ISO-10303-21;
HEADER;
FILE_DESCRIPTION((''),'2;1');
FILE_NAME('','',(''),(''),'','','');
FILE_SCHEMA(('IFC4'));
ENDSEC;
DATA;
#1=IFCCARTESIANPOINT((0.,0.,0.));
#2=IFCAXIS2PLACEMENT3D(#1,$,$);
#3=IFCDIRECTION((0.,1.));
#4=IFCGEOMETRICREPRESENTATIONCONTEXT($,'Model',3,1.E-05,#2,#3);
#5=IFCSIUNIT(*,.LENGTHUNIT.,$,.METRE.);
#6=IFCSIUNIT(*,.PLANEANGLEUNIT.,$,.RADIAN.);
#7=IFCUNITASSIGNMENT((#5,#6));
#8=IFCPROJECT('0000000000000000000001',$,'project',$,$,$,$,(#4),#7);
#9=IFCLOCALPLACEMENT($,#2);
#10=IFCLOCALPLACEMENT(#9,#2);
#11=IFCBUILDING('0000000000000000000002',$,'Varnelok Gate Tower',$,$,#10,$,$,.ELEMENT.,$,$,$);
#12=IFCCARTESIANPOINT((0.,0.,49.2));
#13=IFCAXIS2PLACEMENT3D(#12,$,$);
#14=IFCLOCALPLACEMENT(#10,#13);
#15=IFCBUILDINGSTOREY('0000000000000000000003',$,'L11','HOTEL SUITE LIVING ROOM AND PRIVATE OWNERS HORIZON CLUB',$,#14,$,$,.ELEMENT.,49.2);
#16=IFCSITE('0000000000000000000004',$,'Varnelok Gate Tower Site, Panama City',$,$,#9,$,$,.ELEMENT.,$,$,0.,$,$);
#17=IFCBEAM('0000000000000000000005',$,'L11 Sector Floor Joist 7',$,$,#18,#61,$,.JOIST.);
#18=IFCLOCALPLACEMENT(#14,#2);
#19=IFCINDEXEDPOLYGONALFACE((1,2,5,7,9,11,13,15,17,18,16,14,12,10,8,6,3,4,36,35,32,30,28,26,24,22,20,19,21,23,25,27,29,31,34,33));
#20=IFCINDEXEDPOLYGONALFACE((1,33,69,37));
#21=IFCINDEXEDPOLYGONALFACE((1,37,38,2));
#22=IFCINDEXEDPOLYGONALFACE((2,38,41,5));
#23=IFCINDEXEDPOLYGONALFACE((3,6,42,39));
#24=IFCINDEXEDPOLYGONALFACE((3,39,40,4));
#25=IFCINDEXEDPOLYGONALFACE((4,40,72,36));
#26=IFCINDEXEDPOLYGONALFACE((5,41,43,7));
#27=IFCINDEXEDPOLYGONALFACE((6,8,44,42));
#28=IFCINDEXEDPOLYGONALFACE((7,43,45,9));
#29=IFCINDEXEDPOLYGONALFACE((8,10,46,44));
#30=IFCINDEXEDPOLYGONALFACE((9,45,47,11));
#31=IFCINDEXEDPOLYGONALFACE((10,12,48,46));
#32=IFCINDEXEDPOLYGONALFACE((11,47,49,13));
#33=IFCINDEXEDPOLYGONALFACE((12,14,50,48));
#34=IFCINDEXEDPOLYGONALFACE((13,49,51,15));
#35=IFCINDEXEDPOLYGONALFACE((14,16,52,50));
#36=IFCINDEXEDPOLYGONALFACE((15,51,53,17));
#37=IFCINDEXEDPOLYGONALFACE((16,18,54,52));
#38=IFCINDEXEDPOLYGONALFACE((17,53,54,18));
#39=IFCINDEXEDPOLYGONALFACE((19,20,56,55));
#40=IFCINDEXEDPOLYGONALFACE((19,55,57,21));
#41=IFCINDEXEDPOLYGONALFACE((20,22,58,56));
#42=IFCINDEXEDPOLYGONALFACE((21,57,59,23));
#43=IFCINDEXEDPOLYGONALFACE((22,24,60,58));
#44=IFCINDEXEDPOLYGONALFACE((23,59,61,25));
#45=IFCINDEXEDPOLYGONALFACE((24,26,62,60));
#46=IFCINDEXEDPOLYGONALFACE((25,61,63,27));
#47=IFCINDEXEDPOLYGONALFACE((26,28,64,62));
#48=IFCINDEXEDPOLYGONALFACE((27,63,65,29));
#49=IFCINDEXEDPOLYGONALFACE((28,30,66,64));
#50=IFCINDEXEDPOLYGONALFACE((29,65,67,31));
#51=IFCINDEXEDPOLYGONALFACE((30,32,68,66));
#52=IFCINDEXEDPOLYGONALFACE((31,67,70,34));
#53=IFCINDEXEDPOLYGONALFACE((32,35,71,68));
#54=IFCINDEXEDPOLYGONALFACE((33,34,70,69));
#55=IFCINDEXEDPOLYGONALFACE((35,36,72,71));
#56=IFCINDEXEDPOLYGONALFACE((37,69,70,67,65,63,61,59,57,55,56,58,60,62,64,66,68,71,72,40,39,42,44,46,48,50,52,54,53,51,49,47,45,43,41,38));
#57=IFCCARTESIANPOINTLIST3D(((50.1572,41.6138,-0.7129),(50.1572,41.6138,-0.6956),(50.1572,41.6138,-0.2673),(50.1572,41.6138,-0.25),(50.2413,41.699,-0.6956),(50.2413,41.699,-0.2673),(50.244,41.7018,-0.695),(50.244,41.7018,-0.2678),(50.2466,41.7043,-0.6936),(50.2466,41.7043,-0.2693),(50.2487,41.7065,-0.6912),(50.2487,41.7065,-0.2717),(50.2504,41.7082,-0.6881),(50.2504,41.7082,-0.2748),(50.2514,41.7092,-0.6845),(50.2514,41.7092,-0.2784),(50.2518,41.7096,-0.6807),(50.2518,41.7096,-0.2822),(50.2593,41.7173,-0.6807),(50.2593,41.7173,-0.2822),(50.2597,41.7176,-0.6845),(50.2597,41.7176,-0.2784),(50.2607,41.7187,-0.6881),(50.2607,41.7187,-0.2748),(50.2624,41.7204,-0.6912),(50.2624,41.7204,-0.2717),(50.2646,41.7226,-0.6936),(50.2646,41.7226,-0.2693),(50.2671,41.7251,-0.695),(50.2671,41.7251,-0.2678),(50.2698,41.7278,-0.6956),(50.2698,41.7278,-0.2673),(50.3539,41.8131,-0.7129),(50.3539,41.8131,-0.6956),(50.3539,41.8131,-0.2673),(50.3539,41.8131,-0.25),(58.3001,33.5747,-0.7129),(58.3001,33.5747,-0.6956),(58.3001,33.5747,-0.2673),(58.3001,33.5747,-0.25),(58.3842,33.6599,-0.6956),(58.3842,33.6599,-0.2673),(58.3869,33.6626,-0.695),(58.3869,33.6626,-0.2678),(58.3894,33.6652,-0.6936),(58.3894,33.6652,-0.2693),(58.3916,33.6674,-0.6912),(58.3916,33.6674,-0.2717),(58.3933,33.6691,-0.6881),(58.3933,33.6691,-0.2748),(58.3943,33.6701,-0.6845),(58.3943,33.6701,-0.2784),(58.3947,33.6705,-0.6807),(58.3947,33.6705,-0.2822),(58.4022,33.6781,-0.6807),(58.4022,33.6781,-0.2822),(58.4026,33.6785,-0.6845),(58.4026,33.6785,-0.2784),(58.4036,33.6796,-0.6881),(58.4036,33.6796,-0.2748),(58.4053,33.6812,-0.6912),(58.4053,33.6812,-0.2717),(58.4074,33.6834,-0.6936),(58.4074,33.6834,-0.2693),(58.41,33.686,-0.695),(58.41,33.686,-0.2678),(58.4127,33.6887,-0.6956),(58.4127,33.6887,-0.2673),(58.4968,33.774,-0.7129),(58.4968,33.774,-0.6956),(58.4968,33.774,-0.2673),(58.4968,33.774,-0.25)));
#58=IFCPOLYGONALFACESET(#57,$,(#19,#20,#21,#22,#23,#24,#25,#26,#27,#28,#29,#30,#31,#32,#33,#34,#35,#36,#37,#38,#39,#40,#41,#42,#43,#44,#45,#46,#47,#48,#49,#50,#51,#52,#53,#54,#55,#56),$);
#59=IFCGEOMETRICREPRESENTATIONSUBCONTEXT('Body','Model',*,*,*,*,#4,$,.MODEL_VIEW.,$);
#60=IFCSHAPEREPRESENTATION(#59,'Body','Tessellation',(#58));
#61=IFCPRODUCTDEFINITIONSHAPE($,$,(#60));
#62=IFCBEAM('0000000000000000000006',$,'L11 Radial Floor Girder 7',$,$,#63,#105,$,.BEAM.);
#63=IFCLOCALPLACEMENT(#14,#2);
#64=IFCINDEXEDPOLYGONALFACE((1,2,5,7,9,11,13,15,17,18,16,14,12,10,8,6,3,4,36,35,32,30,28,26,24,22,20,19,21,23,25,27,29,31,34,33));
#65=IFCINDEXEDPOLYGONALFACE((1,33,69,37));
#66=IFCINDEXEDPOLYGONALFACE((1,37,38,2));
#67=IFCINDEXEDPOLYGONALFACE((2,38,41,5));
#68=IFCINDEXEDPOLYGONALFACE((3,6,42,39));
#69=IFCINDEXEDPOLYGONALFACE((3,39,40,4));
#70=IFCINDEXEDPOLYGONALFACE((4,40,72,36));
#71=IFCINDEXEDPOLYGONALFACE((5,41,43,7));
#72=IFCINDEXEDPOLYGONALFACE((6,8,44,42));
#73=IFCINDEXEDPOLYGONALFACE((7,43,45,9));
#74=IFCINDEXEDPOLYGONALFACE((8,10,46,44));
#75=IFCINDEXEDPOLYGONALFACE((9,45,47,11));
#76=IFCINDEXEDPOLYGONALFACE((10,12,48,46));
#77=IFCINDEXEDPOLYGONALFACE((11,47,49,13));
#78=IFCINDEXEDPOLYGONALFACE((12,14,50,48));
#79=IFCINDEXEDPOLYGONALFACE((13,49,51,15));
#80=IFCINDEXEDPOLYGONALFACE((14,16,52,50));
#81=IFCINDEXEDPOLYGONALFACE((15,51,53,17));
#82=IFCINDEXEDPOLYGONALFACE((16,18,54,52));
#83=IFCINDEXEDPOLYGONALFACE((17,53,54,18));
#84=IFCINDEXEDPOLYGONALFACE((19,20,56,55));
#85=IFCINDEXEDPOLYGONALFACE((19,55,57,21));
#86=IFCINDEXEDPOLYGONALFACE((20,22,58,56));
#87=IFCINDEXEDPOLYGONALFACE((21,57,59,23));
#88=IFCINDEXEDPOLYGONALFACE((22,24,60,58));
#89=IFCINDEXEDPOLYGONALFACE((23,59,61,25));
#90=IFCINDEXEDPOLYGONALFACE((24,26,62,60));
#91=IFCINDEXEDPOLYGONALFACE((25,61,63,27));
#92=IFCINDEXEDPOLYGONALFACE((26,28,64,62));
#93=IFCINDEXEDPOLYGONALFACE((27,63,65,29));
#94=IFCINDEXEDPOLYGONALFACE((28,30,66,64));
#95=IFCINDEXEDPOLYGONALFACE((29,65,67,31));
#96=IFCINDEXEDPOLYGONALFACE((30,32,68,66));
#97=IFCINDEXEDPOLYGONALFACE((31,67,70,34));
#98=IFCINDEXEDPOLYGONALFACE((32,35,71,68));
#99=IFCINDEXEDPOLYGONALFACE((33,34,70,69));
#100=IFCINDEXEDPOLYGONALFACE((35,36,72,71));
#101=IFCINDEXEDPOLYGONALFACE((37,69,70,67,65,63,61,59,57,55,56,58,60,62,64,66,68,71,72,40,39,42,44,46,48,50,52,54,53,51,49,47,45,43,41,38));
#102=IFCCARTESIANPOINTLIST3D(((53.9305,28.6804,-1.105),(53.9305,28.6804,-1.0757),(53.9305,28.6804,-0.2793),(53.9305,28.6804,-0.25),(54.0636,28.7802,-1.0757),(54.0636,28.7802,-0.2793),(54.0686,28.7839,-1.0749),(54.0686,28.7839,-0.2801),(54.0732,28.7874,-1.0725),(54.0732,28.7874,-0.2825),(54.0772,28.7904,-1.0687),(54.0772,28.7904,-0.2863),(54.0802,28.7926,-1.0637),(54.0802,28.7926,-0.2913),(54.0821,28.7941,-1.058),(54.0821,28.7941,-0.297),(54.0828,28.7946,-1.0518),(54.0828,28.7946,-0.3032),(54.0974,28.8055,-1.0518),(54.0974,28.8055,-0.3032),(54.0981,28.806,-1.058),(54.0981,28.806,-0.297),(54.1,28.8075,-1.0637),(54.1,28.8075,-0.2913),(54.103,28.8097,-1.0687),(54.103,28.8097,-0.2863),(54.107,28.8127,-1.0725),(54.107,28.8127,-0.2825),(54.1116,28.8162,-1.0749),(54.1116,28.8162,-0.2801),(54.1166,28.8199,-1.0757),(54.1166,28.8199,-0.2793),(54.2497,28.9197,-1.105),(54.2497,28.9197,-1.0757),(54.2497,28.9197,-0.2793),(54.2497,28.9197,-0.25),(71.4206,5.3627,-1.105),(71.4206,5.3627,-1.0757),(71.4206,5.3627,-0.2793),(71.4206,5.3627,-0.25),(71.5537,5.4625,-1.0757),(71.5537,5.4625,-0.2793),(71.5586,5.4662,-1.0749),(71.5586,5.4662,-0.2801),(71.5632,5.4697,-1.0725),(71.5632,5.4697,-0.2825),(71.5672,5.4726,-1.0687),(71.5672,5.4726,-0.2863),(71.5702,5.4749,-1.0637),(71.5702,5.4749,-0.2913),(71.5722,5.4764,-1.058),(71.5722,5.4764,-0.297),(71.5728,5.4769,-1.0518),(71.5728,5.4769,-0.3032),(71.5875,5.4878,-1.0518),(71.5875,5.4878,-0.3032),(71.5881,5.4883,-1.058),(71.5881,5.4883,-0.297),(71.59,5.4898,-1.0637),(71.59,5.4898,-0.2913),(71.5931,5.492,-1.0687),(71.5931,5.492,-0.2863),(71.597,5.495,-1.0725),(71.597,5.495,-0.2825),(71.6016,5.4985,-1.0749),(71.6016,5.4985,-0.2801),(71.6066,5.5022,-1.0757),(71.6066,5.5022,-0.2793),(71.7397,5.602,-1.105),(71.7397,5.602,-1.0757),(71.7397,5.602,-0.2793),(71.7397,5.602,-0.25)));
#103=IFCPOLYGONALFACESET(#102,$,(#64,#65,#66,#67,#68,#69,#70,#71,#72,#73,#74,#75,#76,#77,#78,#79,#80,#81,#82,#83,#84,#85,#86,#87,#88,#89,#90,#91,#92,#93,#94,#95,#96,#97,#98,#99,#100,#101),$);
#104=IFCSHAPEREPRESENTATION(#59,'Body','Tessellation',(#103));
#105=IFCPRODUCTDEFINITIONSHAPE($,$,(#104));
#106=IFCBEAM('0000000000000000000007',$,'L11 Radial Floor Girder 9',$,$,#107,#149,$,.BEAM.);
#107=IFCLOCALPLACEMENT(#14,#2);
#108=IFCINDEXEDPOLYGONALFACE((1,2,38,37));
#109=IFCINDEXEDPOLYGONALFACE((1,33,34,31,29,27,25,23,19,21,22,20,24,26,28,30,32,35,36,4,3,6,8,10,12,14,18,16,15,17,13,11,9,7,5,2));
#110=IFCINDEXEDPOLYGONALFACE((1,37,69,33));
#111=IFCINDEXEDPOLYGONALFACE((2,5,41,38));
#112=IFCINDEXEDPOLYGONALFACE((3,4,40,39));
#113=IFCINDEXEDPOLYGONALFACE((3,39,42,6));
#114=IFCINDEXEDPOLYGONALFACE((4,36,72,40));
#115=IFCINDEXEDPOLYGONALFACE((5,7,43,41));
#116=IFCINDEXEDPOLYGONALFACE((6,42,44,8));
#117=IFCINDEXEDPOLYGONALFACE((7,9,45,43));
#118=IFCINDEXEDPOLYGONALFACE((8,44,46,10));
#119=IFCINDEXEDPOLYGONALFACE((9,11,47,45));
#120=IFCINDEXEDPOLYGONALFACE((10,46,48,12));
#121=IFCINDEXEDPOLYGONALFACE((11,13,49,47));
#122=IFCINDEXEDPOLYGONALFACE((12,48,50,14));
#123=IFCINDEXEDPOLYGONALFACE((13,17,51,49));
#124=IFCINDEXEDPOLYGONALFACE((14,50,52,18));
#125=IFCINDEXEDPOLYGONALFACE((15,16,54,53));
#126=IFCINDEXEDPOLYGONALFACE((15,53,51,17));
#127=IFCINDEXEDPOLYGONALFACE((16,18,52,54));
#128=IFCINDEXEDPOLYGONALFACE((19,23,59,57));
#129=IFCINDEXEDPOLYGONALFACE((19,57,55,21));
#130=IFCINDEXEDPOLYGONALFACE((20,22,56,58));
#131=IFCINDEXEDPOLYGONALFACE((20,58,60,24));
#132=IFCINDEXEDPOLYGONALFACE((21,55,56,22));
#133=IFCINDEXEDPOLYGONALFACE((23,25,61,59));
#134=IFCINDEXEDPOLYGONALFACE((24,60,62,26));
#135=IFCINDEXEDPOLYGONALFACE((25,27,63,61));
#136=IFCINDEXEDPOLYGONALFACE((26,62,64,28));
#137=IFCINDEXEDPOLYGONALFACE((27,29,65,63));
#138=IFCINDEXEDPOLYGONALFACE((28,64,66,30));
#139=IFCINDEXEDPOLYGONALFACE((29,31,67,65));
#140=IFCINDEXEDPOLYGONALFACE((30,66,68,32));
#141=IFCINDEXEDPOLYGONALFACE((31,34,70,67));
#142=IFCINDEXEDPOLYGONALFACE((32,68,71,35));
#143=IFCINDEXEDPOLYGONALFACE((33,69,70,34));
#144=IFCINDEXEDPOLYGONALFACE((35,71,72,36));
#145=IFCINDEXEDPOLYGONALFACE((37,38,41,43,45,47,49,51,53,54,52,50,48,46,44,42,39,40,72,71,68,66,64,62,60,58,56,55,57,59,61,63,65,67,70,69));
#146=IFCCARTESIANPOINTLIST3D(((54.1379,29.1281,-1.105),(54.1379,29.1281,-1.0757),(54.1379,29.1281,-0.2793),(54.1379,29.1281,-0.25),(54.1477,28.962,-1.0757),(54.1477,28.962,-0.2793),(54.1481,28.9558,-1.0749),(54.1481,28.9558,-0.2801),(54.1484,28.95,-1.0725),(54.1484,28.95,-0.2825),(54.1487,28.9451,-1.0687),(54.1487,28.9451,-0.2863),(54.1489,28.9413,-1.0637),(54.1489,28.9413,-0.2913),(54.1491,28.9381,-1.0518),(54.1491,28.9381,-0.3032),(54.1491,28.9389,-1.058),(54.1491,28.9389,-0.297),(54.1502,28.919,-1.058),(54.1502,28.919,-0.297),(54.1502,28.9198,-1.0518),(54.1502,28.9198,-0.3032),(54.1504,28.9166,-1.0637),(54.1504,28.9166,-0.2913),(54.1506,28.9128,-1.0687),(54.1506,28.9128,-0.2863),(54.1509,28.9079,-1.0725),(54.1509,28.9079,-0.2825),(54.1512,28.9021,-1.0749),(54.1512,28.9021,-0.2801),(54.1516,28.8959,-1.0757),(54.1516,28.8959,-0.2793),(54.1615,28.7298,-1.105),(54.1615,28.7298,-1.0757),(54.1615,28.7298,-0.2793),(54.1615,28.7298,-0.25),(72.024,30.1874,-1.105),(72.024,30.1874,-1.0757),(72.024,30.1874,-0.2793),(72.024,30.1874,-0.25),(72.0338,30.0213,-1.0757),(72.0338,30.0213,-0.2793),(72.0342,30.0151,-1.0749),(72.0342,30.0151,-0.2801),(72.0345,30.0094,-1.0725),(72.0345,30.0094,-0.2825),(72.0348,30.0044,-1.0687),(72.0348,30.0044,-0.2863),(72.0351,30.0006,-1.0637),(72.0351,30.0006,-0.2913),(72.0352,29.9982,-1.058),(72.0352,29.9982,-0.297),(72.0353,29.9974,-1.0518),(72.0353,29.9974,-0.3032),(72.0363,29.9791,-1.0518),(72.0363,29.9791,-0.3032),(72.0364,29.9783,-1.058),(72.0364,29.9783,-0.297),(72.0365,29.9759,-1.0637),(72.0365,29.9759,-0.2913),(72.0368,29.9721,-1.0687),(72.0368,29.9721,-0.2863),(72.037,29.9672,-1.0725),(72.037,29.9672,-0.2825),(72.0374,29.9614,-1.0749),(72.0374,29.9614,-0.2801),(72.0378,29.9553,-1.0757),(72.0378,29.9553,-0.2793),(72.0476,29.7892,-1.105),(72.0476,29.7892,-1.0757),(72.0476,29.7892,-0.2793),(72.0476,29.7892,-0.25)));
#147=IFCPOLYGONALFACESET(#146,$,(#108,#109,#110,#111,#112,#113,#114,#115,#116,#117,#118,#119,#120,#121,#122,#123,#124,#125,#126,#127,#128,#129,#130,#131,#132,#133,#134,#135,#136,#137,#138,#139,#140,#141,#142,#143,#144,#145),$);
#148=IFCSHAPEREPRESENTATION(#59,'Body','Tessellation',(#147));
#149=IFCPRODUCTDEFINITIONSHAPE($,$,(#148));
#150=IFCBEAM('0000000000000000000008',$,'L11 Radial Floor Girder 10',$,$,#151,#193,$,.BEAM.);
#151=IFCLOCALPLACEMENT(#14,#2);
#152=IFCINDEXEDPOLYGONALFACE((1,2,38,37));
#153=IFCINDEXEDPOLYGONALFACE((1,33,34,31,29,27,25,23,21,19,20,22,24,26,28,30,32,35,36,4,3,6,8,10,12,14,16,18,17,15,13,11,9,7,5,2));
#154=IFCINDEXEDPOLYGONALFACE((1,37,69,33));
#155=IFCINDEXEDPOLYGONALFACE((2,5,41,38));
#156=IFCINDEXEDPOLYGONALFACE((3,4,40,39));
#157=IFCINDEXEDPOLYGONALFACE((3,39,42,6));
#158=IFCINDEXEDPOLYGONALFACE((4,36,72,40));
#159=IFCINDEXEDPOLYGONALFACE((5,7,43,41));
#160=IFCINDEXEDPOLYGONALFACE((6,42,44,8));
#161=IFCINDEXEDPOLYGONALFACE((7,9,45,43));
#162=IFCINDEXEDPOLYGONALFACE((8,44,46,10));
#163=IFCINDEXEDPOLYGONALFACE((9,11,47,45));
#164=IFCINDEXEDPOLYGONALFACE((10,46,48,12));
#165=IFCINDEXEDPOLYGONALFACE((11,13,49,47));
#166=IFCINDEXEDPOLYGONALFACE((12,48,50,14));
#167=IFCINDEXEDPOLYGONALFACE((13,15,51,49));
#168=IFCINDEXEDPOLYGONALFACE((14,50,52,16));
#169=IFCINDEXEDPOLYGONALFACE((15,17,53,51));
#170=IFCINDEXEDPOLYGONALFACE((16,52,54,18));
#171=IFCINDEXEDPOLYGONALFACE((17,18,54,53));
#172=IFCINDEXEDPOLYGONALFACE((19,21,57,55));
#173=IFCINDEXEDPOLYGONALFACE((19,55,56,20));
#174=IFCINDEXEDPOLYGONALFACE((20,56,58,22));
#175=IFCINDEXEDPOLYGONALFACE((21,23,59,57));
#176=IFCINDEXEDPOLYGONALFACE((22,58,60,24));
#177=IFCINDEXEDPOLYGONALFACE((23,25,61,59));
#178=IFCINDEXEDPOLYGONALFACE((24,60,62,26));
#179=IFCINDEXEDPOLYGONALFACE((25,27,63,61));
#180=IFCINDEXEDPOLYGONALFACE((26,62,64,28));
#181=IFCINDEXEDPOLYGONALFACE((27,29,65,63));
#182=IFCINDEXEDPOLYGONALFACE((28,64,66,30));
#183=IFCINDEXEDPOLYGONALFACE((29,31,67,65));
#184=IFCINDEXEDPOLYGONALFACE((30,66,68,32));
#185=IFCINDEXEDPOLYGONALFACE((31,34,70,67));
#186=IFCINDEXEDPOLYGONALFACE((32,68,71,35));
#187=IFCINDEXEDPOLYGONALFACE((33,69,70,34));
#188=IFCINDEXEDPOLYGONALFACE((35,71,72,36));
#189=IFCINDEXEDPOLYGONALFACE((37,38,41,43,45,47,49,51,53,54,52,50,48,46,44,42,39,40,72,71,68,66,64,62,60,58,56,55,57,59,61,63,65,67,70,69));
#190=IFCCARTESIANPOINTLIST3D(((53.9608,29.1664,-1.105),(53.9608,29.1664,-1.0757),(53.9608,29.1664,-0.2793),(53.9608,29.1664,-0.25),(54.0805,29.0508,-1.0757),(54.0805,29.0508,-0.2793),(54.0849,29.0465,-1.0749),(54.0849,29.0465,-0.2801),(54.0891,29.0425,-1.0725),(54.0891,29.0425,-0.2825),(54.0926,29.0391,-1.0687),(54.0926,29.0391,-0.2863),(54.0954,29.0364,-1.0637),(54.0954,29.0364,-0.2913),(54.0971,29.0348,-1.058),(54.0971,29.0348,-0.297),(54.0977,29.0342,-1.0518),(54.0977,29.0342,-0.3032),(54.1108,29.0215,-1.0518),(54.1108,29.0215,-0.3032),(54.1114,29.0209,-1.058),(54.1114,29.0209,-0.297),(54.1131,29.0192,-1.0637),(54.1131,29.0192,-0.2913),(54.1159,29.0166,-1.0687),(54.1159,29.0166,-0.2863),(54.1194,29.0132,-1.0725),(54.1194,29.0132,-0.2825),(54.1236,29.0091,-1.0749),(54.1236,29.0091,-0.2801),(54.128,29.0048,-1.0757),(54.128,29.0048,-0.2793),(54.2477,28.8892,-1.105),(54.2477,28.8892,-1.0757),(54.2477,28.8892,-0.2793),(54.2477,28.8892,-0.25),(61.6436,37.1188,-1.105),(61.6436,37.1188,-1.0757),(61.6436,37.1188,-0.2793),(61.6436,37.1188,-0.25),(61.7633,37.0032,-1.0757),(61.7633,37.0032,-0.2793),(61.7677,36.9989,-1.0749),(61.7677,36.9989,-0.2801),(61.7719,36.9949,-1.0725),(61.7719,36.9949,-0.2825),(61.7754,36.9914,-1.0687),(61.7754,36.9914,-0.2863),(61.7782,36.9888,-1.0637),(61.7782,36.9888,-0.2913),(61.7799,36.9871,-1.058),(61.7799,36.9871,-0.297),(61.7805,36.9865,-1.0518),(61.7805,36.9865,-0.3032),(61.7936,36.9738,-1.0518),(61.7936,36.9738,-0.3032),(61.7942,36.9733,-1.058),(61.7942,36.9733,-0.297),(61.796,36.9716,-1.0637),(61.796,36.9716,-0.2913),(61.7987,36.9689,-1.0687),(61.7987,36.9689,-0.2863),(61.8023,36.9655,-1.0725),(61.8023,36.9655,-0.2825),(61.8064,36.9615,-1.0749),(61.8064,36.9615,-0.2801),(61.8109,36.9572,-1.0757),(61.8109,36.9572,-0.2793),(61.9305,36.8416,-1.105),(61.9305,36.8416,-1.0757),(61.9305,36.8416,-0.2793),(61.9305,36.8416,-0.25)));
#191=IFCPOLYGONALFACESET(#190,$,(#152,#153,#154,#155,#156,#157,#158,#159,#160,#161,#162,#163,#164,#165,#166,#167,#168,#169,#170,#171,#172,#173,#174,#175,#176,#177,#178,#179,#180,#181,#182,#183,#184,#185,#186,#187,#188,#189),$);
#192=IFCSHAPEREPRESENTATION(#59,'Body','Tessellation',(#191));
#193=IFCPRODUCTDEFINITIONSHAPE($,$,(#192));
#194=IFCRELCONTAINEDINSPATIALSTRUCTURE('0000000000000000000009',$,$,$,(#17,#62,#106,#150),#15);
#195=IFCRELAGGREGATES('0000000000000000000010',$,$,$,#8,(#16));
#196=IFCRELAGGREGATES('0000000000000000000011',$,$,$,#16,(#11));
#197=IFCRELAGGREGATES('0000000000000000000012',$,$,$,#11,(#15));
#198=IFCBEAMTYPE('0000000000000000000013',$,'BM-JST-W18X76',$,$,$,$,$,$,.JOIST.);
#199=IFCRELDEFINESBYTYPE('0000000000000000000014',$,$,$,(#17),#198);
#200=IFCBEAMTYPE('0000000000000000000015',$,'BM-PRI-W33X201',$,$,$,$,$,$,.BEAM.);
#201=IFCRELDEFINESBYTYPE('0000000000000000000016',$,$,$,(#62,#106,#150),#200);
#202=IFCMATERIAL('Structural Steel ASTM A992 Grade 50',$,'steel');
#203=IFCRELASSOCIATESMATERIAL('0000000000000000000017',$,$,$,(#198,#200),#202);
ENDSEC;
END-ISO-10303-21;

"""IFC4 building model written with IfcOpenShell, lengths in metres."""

from ifc_helpers import new_model, si_unit, direction, frame, origin, origin_2d, place, context, subcontext, project, spatial, i_section, extrude, material, material_profile, profile_set, type_object, element, save


model = new_model("IFC4")

# Units and contexts
model_context = context("Model", 3, precision=1e-05, world=origin(), true_north=direction((0.0, 1.0)))
body_context = subcontext(model_context, "Body", "Model", "MODEL_VIEW")
ifc_project = project(units=[si_unit("LENGTHUNIT", "METRE"), si_unit("PLANEANGLEUNIT", "RADIAN")], contexts=[model_context])

# Site, building, storey
site_placement = place(None, origin())
site = spatial("IfcSite", under=ifc_project, at=site_placement, Name="Varnelok Gate Tower Site, Panama City", CompositionType="ELEMENT", RefElevation=0.0)
building_placement = place(site_placement, origin())
building = spatial("IfcBuilding", under=site, at=building_placement, Name="Varnelok Gate Tower", CompositionType="ELEMENT")
storey_placement = place(building_placement, frame((0.0, 0.0, 49.2)))
storey = spatial("IfcBuildingStorey", under=building, at=storey_placement, Name="L11", Description="HOTEL SUITE LIVING ROOM AND PRIVATE OWNERS HORIZON CLUB", CompositionType="ELEMENT", Elevation=49.2)

# Shared definitions
ifc_material_1 = material(Name="Structural Steel ASTM A992 Grade 50", Category="steel")

# Beams
ifc_material_profile_1 = material_profile(ifc_material_1, i_section(OverallWidth=0.28, OverallDepth=0.4629, WebThickness=0.0107, FlangeThickness=0.0173, FilletRadius=0.0149, at=origin_2d()), Name="W18X76")
ifc_profile_set_1 = profile_set([ifc_material_profile_1], Name="Structural Steel ASTM A992 Grade 50")
beam_type_1 = type_object("IfcBeamType", Name="BM-JST-W18X76", PredefinedType="JOIST", material=ifc_profile_set_1)
beam_1_placement = place(storey_placement, frame((58.3984, 33.6743, -0.4814), z_axis=(-0.711626, 0.702558, 0.0), x_axis=(-0.702558, -0.711626, 0.0)))
element("IfcBeam", 1, at=beam_1_placement, inside=storey, type_object=beam_type_1, Name="L11 Sector Floor Joist 7", PredefinedType="JOIST", context=body_context, shape_type="SweptSolid", body=[
    extrude(i_section(OverallWidth=0.28, OverallDepth=0.4629, WebThickness=0.0107, FlangeThickness=0.0173, FilletRadius=0.0149, at=origin_2d()), origin(), (0.0, 0.0, 1.0), 11.4426),
])
ifc_material_profile_2 = material_profile(ifc_material_1, i_section(OverallWidth=0.3989, OverallDepth=0.855, WebThickness=0.0183, FlangeThickness=0.0293, FilletRadius=0.0239, at=origin_2d()), Name="W33X201")
ifc_profile_set_2 = profile_set([ifc_material_profile_2], Name="Structural Steel ASTM A992 Grade 50")
beam_type_2 = type_object("IfcBeamType", Name="BM-PRI-W33X201", PredefinedType="BEAM", material=ifc_profile_set_2)
beam_2_placement = place(storey_placement, frame((54.0901, 28.8, -0.6775), z_axis=(0.600039, -0.799971, 0.0), x_axis=(0.799971, 0.600039, 0.0)))
element("IfcBeam", 2, at=beam_2_placement, inside=storey, type_object=beam_type_2, Name="L11 Radial Floor Girder 7", PredefinedType="BEAM", context=body_context, shape_type="SweptSolid", body=[
    extrude(i_section(OverallWidth=0.3989, OverallDepth=0.855, WebThickness=0.0183, FlangeThickness=0.0293, FilletRadius=0.0239, at=origin_2d()), origin(), (0.0, 0.0, 1.0), 29.1482),
])
beam_3_placement = place(storey_placement, frame((54.1497, 28.929, -0.6775), z_axis=(0.998251, 0.059122, 0.0), x_axis=(-0.059122, 0.998251, 0.0)))
element("IfcBeam", 3, at=beam_3_placement, inside=storey, type_object=beam_type_2, Name="L11 Radial Floor Girder 9", PredefinedType="BEAM", context=body_context, shape_type="SweptSolid", body=[
    extrude(i_section(OverallWidth=0.3989, OverallDepth=0.855, WebThickness=0.0183, FlangeThickness=0.0293, FilletRadius=0.0239, at=origin_2d()), origin(), (0.0, 0.0, 1.0), 17.9175),
])
beam_4_placement = place(storey_placement, frame((54.1042, 29.0278, -0.6775), z_axis=(0.694814, 0.71919, 0.0), x_axis=(-0.71919, 0.694814, 0.0)))
element("IfcBeam", 4, at=beam_4_placement, inside=storey, type_object=beam_type_2, Name="L11 Radial Floor Girder 10", PredefinedType="BEAM", context=body_context, shape_type="SweptSolid", body=[
    extrude(i_section(OverallWidth=0.3989, OverallDepth=0.855, WebThickness=0.0183, FlangeThickness=0.0293, FilletRadius=0.0239, at=origin_2d()), origin(), (0.0, 0.0, 1.0), 11.0574),
])

save(model, "model.ifc")
